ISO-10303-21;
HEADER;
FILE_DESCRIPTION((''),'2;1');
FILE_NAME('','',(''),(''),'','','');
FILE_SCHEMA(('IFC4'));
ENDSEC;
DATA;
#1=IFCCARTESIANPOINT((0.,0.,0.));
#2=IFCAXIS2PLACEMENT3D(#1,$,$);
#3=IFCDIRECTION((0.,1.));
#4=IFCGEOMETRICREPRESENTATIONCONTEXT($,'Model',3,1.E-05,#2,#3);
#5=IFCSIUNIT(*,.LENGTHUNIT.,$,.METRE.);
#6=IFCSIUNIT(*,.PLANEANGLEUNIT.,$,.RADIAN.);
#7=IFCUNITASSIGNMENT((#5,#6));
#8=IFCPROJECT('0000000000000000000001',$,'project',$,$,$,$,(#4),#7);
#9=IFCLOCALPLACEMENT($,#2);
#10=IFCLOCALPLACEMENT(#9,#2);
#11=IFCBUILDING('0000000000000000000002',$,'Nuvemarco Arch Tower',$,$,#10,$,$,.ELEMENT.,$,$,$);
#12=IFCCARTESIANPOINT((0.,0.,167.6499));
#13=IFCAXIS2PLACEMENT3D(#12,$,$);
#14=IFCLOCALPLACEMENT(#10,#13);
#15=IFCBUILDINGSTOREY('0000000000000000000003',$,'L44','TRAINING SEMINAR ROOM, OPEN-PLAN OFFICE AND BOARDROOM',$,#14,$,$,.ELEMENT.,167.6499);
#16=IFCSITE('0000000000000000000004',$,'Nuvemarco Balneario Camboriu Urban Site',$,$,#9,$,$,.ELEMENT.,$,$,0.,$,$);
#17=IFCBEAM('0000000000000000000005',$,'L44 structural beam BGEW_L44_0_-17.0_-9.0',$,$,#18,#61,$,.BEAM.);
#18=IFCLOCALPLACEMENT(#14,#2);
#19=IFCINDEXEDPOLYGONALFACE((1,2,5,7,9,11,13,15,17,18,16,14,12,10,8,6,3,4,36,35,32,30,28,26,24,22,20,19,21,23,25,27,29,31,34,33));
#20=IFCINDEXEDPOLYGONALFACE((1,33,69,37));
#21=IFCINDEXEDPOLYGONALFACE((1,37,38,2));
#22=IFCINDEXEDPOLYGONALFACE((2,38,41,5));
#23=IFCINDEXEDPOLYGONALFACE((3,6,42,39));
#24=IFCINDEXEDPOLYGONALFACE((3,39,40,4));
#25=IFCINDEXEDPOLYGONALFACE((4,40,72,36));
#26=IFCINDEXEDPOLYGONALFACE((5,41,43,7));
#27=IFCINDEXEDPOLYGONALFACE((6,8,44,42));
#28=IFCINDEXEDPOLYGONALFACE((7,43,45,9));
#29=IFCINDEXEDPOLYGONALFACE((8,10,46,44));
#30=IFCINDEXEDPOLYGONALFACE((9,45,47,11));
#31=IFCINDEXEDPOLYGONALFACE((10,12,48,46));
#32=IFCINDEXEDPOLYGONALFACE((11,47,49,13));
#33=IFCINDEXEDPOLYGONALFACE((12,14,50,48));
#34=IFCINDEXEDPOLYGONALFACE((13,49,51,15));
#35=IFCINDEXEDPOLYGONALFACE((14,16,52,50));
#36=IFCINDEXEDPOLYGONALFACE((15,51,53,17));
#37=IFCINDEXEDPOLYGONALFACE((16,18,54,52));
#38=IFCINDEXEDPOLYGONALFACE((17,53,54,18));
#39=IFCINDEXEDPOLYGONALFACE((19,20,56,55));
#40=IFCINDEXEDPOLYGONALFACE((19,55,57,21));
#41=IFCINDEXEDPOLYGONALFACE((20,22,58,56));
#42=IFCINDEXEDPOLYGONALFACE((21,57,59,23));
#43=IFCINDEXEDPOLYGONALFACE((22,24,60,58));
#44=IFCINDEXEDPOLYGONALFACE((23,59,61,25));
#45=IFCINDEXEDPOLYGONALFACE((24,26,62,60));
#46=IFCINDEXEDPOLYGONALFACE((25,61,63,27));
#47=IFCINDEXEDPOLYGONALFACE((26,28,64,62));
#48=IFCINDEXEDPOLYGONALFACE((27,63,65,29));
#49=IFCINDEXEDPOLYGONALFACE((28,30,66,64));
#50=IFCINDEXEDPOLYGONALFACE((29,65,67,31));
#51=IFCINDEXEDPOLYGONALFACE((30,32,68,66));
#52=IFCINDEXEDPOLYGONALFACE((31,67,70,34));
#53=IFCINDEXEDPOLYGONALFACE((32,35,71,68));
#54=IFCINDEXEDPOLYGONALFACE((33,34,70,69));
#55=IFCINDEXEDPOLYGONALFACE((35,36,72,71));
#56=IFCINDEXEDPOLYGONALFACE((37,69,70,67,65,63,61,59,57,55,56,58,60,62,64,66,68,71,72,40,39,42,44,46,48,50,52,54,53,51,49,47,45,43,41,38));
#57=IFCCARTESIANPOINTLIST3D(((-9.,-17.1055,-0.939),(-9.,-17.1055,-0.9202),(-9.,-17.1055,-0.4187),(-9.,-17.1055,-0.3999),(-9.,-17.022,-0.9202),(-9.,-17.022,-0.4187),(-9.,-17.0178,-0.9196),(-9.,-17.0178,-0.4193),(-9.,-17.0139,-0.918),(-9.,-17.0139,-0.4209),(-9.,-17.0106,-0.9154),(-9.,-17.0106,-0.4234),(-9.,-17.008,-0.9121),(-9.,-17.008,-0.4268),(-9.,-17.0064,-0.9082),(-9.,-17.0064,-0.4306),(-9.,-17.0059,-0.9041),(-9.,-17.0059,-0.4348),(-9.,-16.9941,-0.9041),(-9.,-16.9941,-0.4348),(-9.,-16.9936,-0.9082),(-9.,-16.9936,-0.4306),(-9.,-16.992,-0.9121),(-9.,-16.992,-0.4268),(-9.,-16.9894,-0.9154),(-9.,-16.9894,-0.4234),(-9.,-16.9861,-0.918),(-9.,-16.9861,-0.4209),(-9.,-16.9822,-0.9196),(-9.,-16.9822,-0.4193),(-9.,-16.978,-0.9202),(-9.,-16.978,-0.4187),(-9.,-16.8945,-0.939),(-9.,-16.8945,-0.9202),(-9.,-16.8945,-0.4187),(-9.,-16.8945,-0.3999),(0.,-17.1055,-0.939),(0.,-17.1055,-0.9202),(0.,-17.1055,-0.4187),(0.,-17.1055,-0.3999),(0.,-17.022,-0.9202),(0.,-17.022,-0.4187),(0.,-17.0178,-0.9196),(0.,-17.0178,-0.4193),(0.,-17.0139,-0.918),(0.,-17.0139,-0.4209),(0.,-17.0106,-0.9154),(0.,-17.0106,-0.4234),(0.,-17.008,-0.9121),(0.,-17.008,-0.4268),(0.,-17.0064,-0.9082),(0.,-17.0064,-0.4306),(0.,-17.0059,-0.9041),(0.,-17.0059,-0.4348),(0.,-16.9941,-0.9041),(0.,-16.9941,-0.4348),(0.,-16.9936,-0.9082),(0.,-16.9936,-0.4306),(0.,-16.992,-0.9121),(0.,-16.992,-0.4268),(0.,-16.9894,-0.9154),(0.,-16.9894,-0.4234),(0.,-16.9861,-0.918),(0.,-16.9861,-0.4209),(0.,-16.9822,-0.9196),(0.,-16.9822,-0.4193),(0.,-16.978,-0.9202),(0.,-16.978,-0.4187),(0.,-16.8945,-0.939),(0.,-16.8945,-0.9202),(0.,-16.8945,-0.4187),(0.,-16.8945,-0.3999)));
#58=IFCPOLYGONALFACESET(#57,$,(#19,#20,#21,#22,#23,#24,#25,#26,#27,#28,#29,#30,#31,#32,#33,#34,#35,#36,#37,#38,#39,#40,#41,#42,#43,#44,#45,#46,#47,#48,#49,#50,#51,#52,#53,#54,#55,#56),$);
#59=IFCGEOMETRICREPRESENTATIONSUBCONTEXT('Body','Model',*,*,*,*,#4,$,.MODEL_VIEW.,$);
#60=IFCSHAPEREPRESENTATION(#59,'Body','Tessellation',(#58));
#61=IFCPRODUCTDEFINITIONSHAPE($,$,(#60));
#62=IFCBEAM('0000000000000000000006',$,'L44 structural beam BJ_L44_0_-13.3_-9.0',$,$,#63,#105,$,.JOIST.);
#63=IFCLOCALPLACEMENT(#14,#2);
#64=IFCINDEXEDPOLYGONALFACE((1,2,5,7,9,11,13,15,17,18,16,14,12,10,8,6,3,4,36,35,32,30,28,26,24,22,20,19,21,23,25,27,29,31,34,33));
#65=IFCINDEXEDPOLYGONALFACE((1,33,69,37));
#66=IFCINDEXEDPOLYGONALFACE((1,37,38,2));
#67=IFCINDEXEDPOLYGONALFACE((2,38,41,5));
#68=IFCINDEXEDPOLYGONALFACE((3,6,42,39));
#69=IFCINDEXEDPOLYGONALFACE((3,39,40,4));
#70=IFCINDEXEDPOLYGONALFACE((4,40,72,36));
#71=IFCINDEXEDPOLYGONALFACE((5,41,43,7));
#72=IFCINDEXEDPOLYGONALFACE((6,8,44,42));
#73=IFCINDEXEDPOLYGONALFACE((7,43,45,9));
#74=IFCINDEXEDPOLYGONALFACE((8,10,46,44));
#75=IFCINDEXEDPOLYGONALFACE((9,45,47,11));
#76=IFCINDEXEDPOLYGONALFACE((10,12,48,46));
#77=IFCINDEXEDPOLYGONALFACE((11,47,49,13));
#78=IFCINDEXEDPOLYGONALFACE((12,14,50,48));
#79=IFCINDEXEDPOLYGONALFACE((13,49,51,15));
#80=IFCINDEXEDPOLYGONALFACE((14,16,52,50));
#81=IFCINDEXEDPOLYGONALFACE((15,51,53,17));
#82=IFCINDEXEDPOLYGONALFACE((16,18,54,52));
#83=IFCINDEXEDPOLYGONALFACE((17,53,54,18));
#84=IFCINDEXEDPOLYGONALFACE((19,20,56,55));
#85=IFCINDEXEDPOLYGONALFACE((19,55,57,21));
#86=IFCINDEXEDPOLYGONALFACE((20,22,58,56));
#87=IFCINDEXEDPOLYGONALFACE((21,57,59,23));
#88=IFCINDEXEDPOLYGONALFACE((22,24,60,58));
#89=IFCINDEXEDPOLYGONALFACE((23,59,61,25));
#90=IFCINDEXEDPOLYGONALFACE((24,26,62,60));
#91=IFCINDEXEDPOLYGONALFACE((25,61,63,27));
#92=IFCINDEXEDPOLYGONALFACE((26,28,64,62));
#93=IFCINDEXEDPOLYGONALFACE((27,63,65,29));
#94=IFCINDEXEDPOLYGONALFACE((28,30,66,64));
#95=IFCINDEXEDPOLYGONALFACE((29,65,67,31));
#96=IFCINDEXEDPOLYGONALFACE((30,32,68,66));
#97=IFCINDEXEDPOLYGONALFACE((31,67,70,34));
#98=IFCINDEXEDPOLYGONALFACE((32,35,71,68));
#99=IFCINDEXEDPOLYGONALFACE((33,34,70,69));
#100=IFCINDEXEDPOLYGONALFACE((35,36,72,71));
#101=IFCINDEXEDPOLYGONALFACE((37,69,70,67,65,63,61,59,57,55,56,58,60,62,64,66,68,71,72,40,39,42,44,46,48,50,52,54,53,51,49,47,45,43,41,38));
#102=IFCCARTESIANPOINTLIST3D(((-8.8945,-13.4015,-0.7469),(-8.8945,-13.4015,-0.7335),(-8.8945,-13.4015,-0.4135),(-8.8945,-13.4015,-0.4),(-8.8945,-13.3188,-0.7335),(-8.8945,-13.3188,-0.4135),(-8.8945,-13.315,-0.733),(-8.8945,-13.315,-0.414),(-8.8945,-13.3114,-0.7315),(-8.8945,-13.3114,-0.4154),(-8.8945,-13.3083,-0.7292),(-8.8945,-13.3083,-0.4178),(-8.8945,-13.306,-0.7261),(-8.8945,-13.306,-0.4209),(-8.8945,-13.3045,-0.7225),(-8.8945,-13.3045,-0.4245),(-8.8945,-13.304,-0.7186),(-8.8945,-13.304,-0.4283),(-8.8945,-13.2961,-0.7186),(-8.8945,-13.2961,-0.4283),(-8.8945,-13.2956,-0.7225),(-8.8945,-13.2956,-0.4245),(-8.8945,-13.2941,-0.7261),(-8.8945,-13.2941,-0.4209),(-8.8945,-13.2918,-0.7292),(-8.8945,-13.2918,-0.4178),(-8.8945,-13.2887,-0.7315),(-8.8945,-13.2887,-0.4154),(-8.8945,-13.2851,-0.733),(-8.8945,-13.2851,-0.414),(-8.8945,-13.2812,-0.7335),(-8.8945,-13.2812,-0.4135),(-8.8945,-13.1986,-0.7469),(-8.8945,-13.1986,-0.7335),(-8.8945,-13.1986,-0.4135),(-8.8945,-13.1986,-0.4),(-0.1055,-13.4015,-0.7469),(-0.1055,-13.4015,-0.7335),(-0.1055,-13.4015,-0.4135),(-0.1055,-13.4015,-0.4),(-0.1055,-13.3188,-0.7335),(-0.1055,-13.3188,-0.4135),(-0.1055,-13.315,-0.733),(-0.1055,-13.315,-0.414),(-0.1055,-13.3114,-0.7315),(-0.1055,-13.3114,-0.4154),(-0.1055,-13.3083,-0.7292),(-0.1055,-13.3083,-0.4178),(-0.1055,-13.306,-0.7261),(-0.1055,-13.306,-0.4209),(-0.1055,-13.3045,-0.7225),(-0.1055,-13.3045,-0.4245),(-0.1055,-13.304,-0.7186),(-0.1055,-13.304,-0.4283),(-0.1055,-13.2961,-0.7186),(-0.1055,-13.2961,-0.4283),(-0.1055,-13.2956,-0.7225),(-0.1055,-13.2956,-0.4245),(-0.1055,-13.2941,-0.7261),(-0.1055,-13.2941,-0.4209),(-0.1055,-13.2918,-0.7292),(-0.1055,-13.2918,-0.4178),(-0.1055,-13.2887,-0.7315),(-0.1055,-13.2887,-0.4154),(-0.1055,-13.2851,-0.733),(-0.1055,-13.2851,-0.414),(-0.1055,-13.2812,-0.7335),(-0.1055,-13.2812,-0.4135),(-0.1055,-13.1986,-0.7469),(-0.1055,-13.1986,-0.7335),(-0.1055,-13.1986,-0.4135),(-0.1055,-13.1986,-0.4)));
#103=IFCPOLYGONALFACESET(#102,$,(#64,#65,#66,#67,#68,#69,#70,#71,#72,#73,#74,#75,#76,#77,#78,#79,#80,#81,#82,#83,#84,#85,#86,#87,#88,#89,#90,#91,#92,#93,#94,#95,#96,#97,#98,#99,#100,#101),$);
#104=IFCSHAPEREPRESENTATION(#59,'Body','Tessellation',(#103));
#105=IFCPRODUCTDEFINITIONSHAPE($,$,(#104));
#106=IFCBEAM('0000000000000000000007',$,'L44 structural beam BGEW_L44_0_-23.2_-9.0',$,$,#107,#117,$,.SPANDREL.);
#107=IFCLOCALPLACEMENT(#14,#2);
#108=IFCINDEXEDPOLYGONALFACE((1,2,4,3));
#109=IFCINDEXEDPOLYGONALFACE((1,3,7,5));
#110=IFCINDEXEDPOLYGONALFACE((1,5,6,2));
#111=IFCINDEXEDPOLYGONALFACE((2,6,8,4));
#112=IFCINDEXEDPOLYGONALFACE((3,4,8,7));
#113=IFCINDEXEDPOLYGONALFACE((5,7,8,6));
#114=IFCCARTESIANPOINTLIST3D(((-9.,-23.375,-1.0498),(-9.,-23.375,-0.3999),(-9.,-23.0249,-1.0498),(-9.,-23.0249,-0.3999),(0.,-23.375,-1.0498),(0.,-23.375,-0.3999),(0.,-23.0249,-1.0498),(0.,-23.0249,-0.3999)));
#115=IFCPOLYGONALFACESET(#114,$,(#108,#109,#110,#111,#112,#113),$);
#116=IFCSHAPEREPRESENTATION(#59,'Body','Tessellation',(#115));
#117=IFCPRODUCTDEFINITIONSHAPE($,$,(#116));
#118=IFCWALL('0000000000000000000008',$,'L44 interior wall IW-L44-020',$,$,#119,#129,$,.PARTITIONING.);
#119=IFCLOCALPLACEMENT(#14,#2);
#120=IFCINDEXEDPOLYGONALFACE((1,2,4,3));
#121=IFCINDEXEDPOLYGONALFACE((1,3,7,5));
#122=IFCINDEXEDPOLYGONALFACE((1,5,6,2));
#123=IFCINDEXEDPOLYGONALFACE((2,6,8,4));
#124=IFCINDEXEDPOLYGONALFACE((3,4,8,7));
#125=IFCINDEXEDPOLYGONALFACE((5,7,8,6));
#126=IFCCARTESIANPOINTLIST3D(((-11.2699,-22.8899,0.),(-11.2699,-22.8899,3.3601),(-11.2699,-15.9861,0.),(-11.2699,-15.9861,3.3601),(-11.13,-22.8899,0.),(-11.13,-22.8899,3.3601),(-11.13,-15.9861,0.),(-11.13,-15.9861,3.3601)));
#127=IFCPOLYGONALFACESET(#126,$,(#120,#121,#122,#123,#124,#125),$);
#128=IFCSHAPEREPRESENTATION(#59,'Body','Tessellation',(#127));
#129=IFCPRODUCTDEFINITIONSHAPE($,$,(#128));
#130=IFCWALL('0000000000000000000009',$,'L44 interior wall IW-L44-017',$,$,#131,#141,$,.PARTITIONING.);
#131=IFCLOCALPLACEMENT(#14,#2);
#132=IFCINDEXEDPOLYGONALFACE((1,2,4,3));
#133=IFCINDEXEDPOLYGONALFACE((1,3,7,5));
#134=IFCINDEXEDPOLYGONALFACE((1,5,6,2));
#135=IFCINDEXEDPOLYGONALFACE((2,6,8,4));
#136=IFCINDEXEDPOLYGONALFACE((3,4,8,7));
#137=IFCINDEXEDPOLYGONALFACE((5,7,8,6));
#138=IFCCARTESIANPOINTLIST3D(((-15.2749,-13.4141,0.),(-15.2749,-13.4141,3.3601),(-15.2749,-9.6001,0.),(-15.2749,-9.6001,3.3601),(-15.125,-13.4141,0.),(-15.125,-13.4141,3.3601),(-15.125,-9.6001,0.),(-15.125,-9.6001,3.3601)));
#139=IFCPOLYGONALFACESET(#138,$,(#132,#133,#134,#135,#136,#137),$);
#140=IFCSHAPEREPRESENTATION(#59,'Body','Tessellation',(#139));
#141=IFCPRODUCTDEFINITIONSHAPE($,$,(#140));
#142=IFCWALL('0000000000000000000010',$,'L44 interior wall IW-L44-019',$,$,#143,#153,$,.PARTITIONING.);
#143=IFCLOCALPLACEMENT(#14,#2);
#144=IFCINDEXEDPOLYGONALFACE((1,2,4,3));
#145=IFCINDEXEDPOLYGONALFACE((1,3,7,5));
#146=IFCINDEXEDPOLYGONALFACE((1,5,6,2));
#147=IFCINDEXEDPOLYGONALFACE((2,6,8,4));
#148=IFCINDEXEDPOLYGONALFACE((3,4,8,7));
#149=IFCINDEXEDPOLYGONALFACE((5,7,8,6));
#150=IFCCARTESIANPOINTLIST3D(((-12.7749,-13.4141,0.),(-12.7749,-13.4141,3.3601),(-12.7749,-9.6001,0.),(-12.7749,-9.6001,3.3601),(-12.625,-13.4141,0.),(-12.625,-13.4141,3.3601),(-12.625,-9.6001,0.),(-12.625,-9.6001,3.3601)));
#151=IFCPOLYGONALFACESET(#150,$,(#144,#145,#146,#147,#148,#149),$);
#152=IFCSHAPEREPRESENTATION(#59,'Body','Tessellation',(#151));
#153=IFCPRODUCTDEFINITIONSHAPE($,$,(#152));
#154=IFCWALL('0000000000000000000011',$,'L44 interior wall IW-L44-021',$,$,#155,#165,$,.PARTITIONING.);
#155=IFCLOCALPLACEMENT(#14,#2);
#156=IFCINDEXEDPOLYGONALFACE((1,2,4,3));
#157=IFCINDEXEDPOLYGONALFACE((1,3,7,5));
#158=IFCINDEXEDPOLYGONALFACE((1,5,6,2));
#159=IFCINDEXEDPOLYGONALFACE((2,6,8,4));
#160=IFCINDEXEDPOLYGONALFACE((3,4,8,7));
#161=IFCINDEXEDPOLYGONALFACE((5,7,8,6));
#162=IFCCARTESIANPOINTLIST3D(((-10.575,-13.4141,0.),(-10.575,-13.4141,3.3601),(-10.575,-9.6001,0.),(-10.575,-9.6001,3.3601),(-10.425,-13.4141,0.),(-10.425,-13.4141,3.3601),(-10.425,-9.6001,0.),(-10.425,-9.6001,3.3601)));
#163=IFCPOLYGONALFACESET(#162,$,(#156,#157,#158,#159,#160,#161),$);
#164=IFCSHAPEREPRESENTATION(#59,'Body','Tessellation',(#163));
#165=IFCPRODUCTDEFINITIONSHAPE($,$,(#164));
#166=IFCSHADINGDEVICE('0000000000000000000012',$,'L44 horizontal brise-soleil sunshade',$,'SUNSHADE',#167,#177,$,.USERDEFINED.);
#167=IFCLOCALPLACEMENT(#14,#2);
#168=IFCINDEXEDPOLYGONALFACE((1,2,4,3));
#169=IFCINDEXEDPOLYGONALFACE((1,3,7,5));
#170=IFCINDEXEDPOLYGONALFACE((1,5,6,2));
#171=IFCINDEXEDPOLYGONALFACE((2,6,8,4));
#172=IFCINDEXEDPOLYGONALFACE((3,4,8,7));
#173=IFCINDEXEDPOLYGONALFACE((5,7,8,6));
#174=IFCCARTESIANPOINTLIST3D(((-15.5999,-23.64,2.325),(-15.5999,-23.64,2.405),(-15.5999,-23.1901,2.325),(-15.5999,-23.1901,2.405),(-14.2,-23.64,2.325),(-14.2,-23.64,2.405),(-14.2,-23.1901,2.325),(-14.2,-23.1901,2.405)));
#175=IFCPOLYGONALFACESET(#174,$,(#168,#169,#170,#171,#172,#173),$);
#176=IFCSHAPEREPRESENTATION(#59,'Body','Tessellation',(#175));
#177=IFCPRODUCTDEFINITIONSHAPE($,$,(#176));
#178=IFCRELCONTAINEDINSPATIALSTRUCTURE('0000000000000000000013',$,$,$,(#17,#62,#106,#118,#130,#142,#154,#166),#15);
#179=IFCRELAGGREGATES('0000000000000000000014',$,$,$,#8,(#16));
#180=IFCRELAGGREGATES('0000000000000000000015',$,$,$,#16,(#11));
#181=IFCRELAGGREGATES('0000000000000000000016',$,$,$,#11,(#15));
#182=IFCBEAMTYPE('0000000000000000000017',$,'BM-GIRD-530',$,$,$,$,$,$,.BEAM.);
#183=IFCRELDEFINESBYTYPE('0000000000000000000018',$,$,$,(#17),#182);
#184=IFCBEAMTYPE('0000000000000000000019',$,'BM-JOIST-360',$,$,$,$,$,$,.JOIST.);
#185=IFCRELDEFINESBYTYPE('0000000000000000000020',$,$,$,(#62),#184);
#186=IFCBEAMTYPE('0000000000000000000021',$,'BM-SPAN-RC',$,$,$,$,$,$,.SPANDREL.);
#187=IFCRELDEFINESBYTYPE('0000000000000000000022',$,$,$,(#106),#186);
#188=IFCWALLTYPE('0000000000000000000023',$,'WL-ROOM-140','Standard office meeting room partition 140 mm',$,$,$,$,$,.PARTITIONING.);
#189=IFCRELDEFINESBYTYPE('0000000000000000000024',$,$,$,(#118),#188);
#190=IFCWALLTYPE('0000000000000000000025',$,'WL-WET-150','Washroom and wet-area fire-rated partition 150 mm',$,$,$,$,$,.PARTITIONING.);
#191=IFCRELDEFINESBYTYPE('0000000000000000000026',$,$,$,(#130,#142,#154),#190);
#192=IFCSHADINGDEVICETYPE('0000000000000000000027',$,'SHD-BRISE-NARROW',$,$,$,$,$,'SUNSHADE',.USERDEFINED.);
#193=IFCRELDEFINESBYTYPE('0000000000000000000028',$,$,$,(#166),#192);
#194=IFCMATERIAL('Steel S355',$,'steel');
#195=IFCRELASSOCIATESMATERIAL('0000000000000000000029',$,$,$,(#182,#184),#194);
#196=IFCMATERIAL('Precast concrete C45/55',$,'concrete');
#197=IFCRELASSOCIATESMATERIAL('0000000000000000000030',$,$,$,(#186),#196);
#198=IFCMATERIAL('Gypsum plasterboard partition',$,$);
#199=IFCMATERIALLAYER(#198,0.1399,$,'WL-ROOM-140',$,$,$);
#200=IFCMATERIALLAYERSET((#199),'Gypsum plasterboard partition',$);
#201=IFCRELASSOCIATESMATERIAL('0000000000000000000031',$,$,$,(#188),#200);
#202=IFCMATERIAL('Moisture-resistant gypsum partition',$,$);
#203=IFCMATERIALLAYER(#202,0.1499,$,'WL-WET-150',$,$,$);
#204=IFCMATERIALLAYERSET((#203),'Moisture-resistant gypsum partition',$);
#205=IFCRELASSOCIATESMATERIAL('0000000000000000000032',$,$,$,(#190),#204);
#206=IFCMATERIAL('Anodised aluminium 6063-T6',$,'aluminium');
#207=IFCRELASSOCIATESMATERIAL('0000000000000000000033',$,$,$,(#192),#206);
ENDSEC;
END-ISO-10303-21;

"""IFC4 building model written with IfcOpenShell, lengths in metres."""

from ifc_helpers import new_model, si_unit, direction, frame, frame_2d, origin, origin_2d, place, context, subcontext, project, spatial, rectangle, i_section, extrude, source, transform, mapped, material, layer, layer_set, material_profile, profile_set, type_object, type_shapes, element, save


model = new_model("IFC4")

# Units and contexts
model_context = context("Model", 3, precision=1e-05, world=origin(), true_north=direction((0.0, 1.0)))
body_context = subcontext(model_context, "Body", "Model", "MODEL_VIEW")
ifc_project = project(units=[si_unit("LENGTHUNIT", "METRE"), si_unit("PLANEANGLEUNIT", "RADIAN")], contexts=[model_context])

# Site, building, storey
site_placement = place(None, origin())
site = spatial("IfcSite", under=ifc_project, at=site_placement, Name="Nuvemarco Balneario Camboriu Urban Site", CompositionType="ELEMENT", RefElevation=0.0)
building_placement = place(site_placement, origin())
building = spatial("IfcBuilding", under=site, at=building_placement, Name="Nuvemarco Arch Tower", CompositionType="ELEMENT")
storey_placement = place(building_placement, frame((0.0, 0.0, 167.6499)))
storey = spatial("IfcBuildingStorey", under=building, at=storey_placement, Name="L44", Description="TRAINING SEMINAR ROOM, OPEN-PLAN OFFICE AND BOARDROOM", CompositionType="ELEMENT", Elevation=167.6499)

# Shared definitions
ifc_material_1 = material(Name="Steel S355", Category="steel")

# Beams
ifc_material_profile_1 = material_profile(ifc_material_1, i_section(OverallWidth=0.2109, OverallDepth=0.5391, WebThickness=0.0117, FlangeThickness=0.0188, FilletRadius=0.0161, at=origin_2d()), Name="W530x109")
ifc_profile_set_1 = profile_set([ifc_material_profile_1], Name="Steel S355")
beam_type_1 = type_object("IfcBeamType", Name="BM-GIRD-530", PredefinedType="BEAM", material=ifc_profile_set_1)
beam_1_placement = place(storey_placement, frame((-9.0, -17.0, -0.6694), z_axis=(1.0, 0.0, 0.0), x_axis=(0.0, 1.0, 0.0)))
element("IfcBeam", 1, at=beam_1_placement, inside=storey, type_object=beam_type_1, Name="L44 structural beam BGEW_L44_0_-17.0_-9.0", PredefinedType="BEAM", context=body_context, shape_type="SweptSolid", body=[
    extrude(i_section(OverallWidth=0.2109, OverallDepth=0.5391, WebThickness=0.0117, FlangeThickness=0.0188, FilletRadius=0.0161, at=origin_2d()), origin(), (0.0, 0.0, 1.0), 9.0),
])
ifc_material_profile_2 = material_profile(ifc_material_1, i_section(OverallWidth=0.2029, OverallDepth=0.3469, WebThickness=0.0078, FlangeThickness=0.0134, FilletRadius=0.0149, at=origin_2d()), Name="W360x64")
ifc_profile_set_2 = profile_set([ifc_material_profile_2], Name="Steel S355")
beam_type_2 = type_object("IfcBeamType", Name="BM-JOIST-360", PredefinedType="JOIST", material=ifc_profile_set_2)
beam_2_placement = place(storey_placement, frame((-8.8945, -13.3, -0.5735), z_axis=(1.0, 0.0, 0.0), x_axis=(0.0, 1.0, 0.0)))
element("IfcBeam", 2, at=beam_2_placement, inside=storey, type_object=beam_type_2, Name="L44 structural beam BJ_L44_0_-13.3_-9.0", PredefinedType="JOIST", context=body_context, shape_type="SweptSolid", body=[
    extrude(i_section(OverallWidth=0.2029, OverallDepth=0.3469, WebThickness=0.0078, FlangeThickness=0.0134, FilletRadius=0.0149, at=origin_2d()), origin(), (0.0, 0.0, 1.0), 8.7891),
])
ifc_material_2 = material(Name="Precast concrete C45/55", Category="concrete")
ifc_material_profile_3 = material_profile(ifc_material_2, rectangle(XDim=0.3501, YDim=0.6499, at=origin_2d()), Name="PC-SP-350x650")
ifc_profile_set_3 = profile_set([ifc_material_profile_3], Name="Precast concrete C45/55")
beam_type_3 = type_object("IfcBeamType", Name="BM-SPAN-RC", PredefinedType="SPANDREL", material=ifc_profile_set_3)
beam_3_placement = place(storey_placement, frame((-9.0, -23.2, -0.7249), z_axis=(1.0, 0.0, 0.0), x_axis=(0.0, 1.0, 0.0)))
element("IfcBeam", 3, at=beam_3_placement, inside=storey, type_object=beam_type_3, Name="L44 structural beam BGEW_L44_0_-23.2_-9.0", PredefinedType="SPANDREL", context=body_context, shape_type="SweptSolid", body=[
    extrude(rectangle(XDim=0.3501, YDim=0.6499, at=origin_2d()), origin(), (0.0, 0.0, 1.0), 9.0),
])

# Shared definitions
ifc_material_3 = material(Name="Anodised aluminium 6063-T6", Category="aluminium")

# Walls
ifc_material_4 = material(Name="Gypsum plasterboard partition")
ifc_layer_1 = layer(ifc_material_4, 0.1399, Name="WL-ROOM-140")
ifc_layer_set_1 = layer_set([ifc_layer_1], Name="Gypsum plasterboard partition")
wall_type_1 = type_object("IfcWallType", Name="WL-ROOM-140", Description="Standard office meeting room partition 140 mm", PredefinedType="PARTITIONING", material=ifc_layer_set_1)
wall_placement = place(storey_placement, frame((-11.2, -22.8899, 0.0), z_axis=(0.0, 0.0, 1.0), x_axis=(0.0, 1.0, 0.0)))
element("IfcWall", 4, at=wall_placement, inside=storey, type_object=wall_type_1, Name="L44 interior wall IW-L44-020", PredefinedType="PARTITIONING", context=body_context, shape_type="SweptSolid", body=[
    extrude(rectangle(XDim=6.9038, YDim=0.1399, at=frame_2d((3.4519, 0.0))), origin(), (0.0, 0.0, 1.0), 3.3601),
])
ifc_material_5 = material(Name="Moisture-resistant gypsum partition")
ifc_layer_2 = layer(ifc_material_5, 0.1499, Name="WL-WET-150")
ifc_layer_set_2 = layer_set([ifc_layer_2], Name="Moisture-resistant gypsum partition")
wall_type_2 = type_object("IfcWallType", Name="WL-WET-150", Description="Washroom and wet-area fire-rated partition 150 mm", PredefinedType="PARTITIONING", material=ifc_layer_set_2)
for number, where, z_axis, x_axis, name in (
    (5, (-15.2, -13.4141, 0.0), (0.0, 0.0, 1.0), (0.0, 1.0, 0.0), "L44 interior wall IW-L44-017"),
    (6, (-12.7, -13.4141, 0.0), (0.0, 0.0, 1.0), (0.0, 1.0, 0.0), "L44 interior wall IW-L44-019"),
    (7, (-10.5, -13.4141, 0.0), (0.0, 0.0, 1.0), (0.0, 1.0, 0.0), "L44 interior wall IW-L44-021"),
):
    element("IfcWall", number, at=place(storey_placement, frame(where, z_axis=z_axis, x_axis=x_axis)), inside=storey, type_object=wall_type_2, Name=name, PredefinedType="PARTITIONING", context=body_context, shape_type="SweptSolid", body=[
        extrude(rectangle(XDim=3.814, YDim=0.1499, at=frame_2d((1.907, 0.0))), origin(), (0.0, 0.0, 1.0), 3.3601),
    ])

# Shading device
shading_device_type = type_object("IfcShadingDeviceType", Name="SHD-BRISE-NARROW", ElementType="SUNSHADE", PredefinedType="USERDEFINED", material=ifc_material_3)
shared_shape_1 = source(origin(), body_context, "Body", "SweptSolid", [
    extrude(rectangle(XDim=1.3999, YDim=0.45, at=origin_2d()), origin(), (0.0, 0.0, 1.0), 0.0801),
])
type_shapes(shading_device_type, [shared_shape_1])
shading_device_placement = place(storey_placement, frame((-14.8999, -23.415, 2.325), z_axis=(0.0, 0.0, 1.0), x_axis=(1.0, 0.0, 0.0)))
element("IfcShadingDevice", 8, at=shading_device_placement, inside=storey, type_object=shading_device_type, Name="L44 horizontal brise-soleil sunshade", ObjectType="SUNSHADE", PredefinedType="USERDEFINED", context=body_context, shape_type="MappedRepresentation", body=[
    mapped(shared_shape_1, transform((0.0, 0.0, 0.0), scale=1.0)),
])

save(model, "model.ifc")
